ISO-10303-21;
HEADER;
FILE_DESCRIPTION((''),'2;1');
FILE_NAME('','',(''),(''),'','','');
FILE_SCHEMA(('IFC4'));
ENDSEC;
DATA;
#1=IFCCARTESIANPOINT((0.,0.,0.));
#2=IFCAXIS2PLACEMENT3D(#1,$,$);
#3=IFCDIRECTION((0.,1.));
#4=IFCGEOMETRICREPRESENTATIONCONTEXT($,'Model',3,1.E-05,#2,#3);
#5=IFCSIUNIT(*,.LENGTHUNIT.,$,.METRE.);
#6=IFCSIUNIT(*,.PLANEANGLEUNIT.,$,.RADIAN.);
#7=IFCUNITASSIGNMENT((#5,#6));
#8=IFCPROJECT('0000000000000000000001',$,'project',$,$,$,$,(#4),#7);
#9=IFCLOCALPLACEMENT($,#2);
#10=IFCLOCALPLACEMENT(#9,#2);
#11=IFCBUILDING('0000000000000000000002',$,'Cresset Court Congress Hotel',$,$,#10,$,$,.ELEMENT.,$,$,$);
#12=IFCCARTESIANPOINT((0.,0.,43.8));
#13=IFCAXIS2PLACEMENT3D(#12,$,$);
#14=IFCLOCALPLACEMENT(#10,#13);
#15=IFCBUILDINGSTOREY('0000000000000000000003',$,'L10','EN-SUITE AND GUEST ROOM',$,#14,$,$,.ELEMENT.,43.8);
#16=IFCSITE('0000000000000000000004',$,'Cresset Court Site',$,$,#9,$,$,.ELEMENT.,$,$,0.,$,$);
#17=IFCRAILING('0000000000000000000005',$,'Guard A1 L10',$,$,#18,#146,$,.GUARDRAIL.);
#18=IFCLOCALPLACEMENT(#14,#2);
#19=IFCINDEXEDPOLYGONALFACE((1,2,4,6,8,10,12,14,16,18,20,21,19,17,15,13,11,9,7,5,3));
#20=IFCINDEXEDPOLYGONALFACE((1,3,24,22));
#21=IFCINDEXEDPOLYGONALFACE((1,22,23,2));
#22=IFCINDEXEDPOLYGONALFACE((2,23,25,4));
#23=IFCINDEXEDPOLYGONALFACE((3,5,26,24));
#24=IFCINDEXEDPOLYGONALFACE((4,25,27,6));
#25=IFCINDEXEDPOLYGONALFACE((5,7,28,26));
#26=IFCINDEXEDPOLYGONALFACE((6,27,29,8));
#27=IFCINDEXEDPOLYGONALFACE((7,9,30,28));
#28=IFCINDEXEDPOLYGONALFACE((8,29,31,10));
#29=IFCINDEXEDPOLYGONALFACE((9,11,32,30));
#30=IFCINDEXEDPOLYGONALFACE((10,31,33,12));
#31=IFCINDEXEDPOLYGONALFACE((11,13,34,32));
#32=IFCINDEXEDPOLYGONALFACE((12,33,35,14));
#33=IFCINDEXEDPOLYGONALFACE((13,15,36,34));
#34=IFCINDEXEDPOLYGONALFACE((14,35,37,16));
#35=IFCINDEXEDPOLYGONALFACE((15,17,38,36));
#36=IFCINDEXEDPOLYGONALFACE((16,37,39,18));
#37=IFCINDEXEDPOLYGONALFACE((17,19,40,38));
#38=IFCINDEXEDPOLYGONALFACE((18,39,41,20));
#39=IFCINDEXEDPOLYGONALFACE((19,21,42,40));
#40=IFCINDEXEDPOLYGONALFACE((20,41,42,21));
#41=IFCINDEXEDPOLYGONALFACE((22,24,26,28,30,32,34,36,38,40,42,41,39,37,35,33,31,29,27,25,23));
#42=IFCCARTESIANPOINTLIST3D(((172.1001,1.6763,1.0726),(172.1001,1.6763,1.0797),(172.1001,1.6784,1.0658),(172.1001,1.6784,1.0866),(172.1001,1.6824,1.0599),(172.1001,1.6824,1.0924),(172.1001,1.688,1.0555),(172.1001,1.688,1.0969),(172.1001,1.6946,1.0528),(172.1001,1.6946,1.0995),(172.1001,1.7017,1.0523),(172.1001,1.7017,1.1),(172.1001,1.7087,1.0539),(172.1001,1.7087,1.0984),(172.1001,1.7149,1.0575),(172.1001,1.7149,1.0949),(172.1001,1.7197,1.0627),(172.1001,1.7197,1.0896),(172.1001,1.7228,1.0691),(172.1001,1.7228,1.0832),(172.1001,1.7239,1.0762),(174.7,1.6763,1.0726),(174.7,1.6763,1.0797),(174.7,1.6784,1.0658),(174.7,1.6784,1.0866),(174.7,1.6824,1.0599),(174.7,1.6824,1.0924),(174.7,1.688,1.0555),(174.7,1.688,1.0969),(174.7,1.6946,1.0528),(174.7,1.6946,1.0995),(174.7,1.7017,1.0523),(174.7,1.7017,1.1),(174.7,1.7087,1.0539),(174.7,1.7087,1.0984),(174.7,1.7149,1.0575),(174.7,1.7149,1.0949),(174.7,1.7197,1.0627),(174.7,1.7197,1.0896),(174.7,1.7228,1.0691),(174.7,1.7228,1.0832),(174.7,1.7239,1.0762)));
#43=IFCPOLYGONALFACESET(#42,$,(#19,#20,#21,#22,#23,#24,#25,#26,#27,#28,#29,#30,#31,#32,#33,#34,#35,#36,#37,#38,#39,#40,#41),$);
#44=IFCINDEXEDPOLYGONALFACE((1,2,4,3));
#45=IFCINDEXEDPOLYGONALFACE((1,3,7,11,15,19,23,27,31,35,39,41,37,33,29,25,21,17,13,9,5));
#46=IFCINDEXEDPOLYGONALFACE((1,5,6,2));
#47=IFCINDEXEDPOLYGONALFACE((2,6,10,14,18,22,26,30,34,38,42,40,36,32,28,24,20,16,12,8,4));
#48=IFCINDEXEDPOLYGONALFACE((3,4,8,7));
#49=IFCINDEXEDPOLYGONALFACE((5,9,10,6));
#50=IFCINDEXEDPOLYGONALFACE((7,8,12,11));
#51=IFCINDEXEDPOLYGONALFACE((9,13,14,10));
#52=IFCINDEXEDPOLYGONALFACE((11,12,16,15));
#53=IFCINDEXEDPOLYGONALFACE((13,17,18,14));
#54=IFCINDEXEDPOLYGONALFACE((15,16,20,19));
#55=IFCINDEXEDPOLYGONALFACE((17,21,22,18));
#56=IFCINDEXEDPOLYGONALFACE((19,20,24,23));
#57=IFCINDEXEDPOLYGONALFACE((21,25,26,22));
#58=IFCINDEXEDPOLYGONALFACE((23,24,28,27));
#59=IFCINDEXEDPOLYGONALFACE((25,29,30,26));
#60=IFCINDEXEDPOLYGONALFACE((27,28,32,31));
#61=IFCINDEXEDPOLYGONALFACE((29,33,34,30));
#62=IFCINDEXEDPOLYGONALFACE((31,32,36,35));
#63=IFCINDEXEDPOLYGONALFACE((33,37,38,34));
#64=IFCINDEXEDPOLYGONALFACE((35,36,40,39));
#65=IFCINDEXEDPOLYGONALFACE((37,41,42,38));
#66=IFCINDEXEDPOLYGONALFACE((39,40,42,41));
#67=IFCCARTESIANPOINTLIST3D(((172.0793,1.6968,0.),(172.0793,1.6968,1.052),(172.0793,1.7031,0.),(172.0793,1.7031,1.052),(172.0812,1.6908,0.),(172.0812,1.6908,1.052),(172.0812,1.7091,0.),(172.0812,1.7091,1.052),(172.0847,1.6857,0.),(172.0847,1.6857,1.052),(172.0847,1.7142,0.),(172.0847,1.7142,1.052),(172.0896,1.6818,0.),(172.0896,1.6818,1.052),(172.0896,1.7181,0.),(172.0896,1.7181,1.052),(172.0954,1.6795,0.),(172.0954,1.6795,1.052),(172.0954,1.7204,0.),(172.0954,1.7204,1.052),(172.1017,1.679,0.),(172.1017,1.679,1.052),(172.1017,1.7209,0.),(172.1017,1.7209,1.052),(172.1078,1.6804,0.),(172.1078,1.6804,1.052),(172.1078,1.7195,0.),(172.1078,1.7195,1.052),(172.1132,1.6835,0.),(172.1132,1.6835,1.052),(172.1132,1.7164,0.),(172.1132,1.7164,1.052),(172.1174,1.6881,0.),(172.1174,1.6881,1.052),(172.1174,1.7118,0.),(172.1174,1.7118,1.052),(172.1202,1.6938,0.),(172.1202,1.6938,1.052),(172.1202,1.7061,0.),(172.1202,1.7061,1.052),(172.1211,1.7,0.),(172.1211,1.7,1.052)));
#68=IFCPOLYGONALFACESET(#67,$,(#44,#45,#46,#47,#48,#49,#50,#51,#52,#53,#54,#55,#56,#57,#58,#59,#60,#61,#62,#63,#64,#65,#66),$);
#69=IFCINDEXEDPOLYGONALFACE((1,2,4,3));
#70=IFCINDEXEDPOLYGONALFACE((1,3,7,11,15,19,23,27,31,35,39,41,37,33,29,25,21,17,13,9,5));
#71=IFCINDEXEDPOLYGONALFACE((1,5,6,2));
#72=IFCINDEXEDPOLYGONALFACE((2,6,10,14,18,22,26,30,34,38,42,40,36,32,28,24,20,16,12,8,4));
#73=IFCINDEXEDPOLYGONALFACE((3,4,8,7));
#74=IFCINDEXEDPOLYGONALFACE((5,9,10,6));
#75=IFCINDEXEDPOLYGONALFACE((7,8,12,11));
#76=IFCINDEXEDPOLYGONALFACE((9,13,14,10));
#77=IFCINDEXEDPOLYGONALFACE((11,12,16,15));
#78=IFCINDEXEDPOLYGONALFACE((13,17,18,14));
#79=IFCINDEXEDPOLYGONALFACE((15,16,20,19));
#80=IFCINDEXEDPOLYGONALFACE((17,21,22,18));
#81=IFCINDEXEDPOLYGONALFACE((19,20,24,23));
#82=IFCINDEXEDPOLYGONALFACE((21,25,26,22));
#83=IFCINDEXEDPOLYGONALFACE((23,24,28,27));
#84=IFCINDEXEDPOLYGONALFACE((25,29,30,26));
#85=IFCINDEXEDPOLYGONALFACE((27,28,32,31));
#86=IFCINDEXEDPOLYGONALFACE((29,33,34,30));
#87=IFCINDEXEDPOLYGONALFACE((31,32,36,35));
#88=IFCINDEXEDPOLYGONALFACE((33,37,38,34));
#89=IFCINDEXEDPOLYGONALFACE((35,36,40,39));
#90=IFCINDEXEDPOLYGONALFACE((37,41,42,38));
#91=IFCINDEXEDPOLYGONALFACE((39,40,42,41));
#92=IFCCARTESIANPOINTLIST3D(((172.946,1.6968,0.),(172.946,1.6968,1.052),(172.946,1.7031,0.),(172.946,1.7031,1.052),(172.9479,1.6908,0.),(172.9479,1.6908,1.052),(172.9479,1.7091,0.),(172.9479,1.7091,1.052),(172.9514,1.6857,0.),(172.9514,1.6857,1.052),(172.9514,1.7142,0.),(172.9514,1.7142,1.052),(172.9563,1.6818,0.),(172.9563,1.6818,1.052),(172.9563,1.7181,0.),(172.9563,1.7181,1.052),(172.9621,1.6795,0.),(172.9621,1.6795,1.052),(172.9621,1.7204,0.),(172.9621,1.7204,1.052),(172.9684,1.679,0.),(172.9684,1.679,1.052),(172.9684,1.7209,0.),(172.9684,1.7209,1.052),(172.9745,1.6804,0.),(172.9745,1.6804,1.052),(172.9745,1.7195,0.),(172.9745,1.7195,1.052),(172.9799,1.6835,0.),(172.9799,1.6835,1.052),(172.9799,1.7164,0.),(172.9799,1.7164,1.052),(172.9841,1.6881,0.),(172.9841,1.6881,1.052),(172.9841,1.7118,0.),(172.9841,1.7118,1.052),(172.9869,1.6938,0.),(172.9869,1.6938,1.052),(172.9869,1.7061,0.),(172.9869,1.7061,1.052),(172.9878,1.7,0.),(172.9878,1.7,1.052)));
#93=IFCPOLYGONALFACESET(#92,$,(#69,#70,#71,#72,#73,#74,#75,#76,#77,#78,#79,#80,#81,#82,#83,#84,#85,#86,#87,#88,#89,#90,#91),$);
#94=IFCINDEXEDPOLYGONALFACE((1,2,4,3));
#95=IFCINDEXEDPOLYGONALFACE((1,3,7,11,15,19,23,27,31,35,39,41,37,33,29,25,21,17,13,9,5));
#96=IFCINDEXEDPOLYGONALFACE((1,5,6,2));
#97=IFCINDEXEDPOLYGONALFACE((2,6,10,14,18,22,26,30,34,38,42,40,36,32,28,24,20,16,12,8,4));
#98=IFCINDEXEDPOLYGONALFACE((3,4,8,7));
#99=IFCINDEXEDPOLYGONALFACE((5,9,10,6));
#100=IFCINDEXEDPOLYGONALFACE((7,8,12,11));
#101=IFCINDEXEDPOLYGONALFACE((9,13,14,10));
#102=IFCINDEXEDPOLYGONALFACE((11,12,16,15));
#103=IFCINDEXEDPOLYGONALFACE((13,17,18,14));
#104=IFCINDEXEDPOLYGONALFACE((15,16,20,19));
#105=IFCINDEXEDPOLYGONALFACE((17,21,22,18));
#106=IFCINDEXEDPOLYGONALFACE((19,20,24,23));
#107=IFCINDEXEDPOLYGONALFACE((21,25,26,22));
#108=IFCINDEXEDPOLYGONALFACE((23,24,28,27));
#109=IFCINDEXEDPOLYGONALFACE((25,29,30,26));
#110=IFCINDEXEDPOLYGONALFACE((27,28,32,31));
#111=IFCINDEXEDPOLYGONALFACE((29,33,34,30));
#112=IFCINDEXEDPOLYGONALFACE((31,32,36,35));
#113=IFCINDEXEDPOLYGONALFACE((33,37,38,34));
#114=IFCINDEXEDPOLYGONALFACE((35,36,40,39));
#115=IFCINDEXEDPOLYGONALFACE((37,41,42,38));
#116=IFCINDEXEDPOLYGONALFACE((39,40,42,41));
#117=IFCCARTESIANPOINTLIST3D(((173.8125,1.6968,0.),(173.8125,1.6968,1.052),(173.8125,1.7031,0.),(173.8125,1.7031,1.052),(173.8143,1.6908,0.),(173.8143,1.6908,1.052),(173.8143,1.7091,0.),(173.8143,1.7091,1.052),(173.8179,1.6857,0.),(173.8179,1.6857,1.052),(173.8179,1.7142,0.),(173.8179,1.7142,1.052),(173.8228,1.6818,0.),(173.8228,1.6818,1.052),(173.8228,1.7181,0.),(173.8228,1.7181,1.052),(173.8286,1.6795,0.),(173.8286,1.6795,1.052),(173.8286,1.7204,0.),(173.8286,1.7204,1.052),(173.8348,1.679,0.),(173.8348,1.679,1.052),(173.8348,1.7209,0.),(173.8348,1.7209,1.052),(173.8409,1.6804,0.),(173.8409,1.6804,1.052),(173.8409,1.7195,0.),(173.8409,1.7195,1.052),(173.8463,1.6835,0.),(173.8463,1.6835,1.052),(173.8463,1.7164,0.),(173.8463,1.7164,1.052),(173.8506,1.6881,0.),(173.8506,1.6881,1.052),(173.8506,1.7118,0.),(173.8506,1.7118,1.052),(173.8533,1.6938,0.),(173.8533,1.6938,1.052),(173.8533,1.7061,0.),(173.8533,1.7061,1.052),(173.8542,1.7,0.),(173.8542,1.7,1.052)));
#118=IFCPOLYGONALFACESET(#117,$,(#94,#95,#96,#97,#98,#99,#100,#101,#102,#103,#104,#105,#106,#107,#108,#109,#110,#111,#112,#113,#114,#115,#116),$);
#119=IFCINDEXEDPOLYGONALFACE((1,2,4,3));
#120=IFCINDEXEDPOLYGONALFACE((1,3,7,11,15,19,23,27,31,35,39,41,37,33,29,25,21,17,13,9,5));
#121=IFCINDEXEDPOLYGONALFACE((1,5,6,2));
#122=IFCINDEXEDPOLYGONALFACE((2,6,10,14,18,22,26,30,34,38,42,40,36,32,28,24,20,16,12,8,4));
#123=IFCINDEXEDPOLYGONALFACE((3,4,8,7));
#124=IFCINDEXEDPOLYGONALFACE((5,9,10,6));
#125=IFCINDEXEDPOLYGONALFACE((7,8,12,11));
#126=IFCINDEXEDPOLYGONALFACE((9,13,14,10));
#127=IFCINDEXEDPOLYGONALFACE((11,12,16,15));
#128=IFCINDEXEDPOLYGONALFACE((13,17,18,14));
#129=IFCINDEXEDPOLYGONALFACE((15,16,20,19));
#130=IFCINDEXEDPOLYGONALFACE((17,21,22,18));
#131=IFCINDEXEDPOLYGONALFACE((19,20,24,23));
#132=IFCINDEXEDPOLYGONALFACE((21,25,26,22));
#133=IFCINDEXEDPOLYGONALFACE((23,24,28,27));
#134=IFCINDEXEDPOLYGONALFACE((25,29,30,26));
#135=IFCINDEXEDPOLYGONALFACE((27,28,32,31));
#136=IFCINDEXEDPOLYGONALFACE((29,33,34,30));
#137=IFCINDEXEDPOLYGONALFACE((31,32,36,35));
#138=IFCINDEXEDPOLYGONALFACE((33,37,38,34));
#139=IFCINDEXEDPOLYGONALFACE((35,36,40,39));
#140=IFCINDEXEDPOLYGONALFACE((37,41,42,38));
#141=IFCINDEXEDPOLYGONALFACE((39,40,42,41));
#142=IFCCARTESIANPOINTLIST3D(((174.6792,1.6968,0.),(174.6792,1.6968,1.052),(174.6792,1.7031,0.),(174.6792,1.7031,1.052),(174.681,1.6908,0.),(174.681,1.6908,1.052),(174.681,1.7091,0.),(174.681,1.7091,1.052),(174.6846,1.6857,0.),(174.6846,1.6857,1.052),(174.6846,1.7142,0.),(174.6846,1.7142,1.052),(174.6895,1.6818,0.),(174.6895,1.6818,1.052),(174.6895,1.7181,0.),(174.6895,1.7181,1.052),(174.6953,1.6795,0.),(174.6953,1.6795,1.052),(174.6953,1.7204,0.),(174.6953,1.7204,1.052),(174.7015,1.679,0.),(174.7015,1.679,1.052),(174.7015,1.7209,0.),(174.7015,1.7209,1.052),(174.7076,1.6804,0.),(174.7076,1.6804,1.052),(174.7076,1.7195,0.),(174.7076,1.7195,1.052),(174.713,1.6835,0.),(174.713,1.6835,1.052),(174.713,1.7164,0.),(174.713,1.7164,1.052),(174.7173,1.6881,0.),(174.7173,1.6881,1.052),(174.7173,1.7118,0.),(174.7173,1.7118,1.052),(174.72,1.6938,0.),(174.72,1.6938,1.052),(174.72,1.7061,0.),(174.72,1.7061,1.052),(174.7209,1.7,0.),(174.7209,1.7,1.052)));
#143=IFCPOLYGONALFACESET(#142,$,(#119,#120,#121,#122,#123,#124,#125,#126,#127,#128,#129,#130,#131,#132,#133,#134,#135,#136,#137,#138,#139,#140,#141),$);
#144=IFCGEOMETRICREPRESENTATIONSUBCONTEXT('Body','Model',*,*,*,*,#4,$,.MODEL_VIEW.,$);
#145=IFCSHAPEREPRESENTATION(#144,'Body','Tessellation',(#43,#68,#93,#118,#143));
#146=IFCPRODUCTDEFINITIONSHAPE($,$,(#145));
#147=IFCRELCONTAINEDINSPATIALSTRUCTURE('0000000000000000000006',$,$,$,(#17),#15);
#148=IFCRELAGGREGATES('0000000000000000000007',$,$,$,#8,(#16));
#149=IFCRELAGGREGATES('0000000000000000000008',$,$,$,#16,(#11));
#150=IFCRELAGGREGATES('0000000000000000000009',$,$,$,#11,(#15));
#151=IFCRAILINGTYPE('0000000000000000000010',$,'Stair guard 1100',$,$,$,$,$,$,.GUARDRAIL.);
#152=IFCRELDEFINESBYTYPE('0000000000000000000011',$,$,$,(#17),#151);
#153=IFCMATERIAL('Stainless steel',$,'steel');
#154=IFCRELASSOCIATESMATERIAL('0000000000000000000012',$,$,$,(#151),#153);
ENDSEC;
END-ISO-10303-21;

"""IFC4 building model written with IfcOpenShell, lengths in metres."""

from ifc_helpers import new_model, si_unit, direction, frame, origin, origin_2d, place, context, subcontext, project, spatial, circle, extrude, material, type_object, element, save


model = new_model("IFC4")

# Units and contexts
model_context = context("Model", 3, precision=1e-05, world=origin(), true_north=direction((0.0, 1.0)))
body_context = subcontext(model_context, "Body", "Model", "MODEL_VIEW")
ifc_project = project(units=[si_unit("LENGTHUNIT", "METRE"), si_unit("PLANEANGLEUNIT", "RADIAN")], contexts=[model_context])

# Site, building, storey
site_placement = place(None, origin())
site = spatial("IfcSite", under=ifc_project, at=site_placement, Name="Cresset Court Site", CompositionType="ELEMENT", RefElevation=0.0)
building_placement = place(site_placement, origin())
building = spatial("IfcBuilding", under=site, at=building_placement, Name="Cresset Court Congress Hotel", CompositionType="ELEMENT")
storey_placement = place(building_placement, frame((0.0, 0.0, 43.8)))
storey = spatial("IfcBuildingStorey", under=building, at=storey_placement, Name="L10", Description="EN-SUITE AND GUEST ROOM", CompositionType="ELEMENT", Elevation=43.8)

# Railing
ifc_material_1 = material(Name="Stainless steel", Category="steel")
railing_type = type_object("IfcRailingType", Name="Stair guard 1100", PredefinedType="GUARDRAIL", material=ifc_material_1)
railing_1_placement = place(storey_placement, frame((172.1001, 1.7, 0.0)))
element("IfcRailing", 1, at=railing_1_placement, inside=storey, type_object=railing_type, Name="Guard A1 L10", PredefinedType="GUARDRAIL", context=body_context, shape_type="SweptSolid", body=[
    extrude(circle(Radius=0.0239, at=origin_2d()), frame((0.0, 0.0, 1.0762), z_axis=(1.0, 0.0, 0.0), x_axis=(0.0, 1.0, 0.0)), (0.0, 0.0, 1.0), 2.5999),
    extrude(circle(Radius=0.021, at=origin_2d()), origin(), (0.0, 0.0, 1.0), 1.052),
    extrude(circle(Radius=0.021, at=origin_2d()), frame((0.8667, 0.0, 0.0)), (0.0, 0.0, 1.0), 1.052),
    extrude(circle(Radius=0.021, at=origin_2d()), frame((1.7332, 0.0, 0.0)), (0.0, 0.0, 1.0), 1.052),
    extrude(circle(Radius=0.021, at=origin_2d()), frame((2.5999, 0.0, 0.0)), (0.0, 0.0, 1.0), 1.052),
])

save(model, "model.ifc")
